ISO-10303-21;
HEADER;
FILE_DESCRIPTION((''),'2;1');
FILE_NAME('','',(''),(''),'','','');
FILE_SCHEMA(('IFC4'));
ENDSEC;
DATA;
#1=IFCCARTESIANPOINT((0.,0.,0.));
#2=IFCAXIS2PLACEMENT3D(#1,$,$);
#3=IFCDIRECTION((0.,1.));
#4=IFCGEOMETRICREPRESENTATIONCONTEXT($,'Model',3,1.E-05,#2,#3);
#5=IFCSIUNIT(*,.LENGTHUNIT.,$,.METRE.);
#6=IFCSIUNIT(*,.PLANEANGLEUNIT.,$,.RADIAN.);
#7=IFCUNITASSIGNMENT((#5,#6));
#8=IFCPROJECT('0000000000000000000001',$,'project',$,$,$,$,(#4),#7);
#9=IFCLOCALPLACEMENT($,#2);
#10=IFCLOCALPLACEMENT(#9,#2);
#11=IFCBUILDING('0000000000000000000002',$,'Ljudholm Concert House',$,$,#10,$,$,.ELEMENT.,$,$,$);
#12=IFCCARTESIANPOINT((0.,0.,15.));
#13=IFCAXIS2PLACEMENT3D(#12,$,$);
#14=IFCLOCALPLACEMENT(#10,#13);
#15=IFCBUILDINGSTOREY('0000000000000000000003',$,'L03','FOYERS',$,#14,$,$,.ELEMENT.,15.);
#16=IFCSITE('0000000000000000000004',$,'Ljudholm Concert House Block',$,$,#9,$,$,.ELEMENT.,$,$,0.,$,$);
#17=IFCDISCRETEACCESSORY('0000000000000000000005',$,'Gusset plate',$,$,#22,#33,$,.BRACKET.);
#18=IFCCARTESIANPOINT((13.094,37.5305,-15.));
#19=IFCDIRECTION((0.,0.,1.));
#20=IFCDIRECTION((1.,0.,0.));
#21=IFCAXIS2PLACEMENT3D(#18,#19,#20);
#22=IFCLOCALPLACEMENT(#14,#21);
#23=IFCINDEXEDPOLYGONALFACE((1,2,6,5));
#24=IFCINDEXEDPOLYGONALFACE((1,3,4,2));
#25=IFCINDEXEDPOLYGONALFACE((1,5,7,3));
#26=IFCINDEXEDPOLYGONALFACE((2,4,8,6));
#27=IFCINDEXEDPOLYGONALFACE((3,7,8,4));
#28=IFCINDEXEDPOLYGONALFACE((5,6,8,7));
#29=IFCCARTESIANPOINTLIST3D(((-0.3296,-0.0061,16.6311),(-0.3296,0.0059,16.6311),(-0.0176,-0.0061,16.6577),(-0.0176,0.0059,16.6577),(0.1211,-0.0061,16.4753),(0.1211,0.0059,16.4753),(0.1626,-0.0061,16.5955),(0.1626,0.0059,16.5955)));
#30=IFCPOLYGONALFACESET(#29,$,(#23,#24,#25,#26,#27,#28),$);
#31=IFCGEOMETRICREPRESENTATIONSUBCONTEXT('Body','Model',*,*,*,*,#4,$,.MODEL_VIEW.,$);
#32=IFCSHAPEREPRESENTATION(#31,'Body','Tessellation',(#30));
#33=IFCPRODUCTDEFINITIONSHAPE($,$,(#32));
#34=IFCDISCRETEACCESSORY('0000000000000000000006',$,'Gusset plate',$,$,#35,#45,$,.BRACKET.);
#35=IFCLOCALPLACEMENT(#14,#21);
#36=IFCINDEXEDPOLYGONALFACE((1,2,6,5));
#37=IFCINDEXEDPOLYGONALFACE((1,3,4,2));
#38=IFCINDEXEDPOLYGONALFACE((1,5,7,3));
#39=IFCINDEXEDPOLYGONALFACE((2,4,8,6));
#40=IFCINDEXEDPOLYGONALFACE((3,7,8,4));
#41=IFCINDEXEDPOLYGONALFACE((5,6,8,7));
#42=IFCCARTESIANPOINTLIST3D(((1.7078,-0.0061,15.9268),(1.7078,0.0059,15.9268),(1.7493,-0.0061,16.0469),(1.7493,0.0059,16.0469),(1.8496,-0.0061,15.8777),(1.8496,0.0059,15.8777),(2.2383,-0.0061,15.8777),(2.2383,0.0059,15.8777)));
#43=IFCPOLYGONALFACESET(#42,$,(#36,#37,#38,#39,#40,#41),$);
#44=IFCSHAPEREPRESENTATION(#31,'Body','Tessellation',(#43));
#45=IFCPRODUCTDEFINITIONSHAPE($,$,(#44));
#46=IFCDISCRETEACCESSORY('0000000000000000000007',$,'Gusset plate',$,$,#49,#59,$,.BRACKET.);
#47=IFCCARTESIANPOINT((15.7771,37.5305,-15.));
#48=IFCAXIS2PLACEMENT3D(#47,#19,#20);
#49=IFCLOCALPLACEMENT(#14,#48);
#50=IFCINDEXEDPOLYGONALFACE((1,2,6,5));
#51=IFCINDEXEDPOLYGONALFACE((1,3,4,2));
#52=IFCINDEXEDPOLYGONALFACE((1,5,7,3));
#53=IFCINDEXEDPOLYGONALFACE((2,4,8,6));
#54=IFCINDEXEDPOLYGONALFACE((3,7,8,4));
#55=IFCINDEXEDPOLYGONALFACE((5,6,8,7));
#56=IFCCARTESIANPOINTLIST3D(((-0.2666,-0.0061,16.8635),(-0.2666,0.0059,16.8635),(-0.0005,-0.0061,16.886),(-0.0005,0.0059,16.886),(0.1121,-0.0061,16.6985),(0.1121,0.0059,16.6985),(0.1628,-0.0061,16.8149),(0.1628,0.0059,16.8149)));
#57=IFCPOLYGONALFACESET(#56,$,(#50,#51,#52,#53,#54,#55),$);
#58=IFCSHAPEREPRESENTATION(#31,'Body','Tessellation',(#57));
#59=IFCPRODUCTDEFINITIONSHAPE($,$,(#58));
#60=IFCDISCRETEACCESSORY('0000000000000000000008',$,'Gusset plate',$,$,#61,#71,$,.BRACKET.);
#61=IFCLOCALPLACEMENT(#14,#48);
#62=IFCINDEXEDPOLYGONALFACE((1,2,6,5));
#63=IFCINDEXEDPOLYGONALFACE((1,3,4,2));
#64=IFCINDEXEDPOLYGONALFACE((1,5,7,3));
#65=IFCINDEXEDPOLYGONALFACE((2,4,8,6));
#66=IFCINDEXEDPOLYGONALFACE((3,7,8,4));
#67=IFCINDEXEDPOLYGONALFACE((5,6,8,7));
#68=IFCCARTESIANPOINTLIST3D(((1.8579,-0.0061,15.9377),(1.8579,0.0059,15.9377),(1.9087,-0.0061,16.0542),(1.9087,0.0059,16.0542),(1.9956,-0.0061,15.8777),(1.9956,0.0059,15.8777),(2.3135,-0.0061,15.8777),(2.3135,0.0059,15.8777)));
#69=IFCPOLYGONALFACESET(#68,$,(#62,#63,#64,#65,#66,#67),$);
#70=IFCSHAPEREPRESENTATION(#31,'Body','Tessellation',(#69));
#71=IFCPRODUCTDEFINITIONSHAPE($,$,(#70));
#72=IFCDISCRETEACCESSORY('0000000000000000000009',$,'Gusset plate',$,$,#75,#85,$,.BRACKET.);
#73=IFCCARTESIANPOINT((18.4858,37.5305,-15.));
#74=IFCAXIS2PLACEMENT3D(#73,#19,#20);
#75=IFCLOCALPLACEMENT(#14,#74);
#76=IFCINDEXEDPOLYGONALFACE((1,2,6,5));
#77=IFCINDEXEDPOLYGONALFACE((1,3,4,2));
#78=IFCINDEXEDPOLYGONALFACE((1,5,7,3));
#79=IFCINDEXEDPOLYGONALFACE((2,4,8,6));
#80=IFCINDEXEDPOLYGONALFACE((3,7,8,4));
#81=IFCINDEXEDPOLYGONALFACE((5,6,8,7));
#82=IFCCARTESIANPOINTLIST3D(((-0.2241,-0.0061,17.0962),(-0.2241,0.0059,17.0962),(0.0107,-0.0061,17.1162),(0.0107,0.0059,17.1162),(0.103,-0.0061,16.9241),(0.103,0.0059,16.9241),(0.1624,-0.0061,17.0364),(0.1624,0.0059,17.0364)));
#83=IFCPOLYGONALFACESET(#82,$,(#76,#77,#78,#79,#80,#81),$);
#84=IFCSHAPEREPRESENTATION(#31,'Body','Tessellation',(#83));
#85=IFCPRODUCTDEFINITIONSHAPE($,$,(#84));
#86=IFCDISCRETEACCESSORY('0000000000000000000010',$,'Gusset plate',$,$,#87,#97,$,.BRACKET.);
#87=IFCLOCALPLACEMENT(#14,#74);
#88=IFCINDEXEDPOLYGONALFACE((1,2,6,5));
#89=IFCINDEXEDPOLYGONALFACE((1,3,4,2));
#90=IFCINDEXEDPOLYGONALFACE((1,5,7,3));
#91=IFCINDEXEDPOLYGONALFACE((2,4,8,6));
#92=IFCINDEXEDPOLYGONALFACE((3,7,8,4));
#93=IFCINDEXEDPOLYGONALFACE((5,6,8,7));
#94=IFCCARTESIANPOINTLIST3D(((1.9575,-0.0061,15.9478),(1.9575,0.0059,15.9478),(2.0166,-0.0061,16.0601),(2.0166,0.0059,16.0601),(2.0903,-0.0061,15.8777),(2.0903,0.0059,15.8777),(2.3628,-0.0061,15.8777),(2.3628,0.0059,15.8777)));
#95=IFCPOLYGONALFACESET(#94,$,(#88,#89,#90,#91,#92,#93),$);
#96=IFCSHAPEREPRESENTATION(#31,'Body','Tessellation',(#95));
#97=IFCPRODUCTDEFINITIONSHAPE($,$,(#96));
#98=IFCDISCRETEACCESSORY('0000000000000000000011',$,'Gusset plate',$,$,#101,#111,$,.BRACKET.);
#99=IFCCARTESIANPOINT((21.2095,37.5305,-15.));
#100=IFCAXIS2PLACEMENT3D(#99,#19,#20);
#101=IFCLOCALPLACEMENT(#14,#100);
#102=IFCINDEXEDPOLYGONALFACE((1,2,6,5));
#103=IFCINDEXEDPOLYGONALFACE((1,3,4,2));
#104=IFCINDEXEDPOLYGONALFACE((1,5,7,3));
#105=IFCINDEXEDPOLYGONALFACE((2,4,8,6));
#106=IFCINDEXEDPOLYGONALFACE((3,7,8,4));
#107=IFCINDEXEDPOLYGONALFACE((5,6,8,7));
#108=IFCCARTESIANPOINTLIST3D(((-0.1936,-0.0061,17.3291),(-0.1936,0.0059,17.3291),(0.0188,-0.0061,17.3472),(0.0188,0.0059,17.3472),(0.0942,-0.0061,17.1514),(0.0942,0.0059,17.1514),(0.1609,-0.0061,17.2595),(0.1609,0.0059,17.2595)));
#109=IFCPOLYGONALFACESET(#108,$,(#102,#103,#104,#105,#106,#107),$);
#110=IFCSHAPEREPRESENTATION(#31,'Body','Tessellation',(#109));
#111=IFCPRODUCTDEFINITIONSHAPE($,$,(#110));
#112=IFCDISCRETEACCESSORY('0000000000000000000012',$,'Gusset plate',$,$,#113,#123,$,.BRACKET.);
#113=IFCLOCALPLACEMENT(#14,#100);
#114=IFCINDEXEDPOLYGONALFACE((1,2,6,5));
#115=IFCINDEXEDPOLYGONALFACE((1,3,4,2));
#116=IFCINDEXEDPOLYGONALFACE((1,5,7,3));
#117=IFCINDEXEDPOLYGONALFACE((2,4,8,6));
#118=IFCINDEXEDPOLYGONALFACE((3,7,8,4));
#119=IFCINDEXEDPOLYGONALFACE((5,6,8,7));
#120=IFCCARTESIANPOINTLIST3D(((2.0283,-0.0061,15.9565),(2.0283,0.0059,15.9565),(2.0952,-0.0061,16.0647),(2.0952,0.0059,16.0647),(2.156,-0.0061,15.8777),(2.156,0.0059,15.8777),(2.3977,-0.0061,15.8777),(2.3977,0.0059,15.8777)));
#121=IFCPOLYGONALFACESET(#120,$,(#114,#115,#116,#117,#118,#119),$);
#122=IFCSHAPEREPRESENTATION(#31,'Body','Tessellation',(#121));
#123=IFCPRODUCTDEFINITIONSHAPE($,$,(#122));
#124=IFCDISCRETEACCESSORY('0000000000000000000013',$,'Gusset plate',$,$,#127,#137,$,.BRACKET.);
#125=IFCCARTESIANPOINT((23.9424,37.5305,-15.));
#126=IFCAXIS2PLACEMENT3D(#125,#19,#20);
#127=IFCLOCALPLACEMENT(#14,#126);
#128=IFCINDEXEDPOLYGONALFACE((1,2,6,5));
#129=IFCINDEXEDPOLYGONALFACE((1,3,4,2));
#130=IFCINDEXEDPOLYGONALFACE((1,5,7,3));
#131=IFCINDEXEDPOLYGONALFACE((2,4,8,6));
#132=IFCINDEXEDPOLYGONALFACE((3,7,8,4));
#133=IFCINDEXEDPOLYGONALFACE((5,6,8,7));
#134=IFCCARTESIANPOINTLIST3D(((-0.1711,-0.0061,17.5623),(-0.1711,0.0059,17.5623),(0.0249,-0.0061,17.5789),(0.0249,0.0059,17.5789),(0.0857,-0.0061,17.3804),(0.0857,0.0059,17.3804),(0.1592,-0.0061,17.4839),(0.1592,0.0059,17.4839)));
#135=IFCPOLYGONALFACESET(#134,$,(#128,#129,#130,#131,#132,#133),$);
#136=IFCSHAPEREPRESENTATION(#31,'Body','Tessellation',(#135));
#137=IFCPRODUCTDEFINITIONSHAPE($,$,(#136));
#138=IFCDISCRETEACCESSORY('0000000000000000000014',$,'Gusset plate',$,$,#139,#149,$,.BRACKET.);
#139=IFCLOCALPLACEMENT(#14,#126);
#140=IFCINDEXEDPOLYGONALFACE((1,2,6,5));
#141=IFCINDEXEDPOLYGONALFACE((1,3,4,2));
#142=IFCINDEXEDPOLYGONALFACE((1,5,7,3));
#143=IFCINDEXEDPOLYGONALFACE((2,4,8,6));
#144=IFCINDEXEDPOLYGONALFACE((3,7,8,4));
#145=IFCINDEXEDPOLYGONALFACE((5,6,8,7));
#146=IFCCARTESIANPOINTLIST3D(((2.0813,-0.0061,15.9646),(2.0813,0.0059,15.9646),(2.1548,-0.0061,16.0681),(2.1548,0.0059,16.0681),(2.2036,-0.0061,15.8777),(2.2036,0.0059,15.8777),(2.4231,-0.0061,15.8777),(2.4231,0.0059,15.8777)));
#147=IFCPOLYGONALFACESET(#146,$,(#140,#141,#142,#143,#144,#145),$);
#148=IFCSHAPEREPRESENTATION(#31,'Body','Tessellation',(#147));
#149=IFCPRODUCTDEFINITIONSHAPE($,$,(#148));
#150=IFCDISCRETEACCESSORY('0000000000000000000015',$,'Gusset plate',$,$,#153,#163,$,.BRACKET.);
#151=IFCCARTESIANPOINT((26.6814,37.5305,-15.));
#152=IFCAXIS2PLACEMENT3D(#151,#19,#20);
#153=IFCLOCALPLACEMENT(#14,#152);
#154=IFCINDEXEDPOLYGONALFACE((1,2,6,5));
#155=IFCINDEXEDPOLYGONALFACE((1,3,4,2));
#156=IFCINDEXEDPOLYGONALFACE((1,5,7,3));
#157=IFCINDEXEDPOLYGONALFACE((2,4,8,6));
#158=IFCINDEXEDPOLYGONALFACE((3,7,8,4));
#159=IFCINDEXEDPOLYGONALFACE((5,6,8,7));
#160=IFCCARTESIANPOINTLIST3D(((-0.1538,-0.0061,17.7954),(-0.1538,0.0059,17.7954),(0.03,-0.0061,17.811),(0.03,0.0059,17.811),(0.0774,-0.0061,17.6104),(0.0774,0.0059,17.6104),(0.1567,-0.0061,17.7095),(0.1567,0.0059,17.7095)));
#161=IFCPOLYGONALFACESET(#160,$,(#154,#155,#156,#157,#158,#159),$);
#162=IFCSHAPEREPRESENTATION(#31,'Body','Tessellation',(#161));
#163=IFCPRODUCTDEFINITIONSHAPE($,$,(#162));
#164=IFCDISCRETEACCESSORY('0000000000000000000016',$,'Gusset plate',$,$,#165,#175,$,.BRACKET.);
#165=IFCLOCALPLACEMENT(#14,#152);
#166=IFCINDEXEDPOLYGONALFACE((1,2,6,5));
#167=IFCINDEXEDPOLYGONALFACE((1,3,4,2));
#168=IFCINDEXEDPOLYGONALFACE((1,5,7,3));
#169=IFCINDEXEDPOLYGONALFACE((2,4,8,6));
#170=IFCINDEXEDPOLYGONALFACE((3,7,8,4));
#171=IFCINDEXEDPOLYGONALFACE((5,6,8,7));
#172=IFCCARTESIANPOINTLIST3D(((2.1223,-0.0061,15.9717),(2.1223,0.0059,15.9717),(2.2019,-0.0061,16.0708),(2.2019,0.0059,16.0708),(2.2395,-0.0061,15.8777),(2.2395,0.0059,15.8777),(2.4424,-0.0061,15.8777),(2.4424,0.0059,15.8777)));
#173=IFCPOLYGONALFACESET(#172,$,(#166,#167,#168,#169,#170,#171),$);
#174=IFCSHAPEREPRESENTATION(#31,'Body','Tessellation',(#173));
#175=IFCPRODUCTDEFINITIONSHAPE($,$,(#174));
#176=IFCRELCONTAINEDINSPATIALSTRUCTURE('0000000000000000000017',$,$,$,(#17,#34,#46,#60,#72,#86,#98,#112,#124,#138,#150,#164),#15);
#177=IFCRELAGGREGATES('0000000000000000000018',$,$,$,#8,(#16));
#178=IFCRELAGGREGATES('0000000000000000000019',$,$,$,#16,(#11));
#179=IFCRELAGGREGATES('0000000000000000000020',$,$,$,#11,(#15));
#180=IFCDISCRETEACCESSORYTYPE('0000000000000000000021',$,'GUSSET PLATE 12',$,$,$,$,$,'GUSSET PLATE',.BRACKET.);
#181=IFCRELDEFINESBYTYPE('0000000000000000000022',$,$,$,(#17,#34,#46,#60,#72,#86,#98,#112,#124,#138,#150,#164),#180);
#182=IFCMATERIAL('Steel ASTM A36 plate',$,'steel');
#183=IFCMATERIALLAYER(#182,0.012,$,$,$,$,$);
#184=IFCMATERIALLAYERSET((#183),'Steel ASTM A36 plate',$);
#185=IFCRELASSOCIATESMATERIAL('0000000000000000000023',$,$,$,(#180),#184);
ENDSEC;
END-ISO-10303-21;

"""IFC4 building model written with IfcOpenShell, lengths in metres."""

from ifc_helpers import new_model, si_unit, direction, frame, origin, place, context, subcontext, project, spatial, polyline, outline, extrude, material, layer, layer_set, type_object, element, save


model = new_model("IFC4")

# Units and contexts
model_context = context("Model", 3, precision=1e-05, world=origin(), true_north=direction((0.0, 1.0)))
body_context = subcontext(model_context, "Body", "Model", "MODEL_VIEW")
ifc_project = project(units=[si_unit("LENGTHUNIT", "METRE"), si_unit("PLANEANGLEUNIT", "RADIAN")], contexts=[model_context])

# Site, building, storey
site_placement = place(None, origin())
site = spatial("IfcSite", under=ifc_project, at=site_placement, Name="Ljudholm Concert House Block", CompositionType="ELEMENT", RefElevation=0.0)
building_placement = place(site_placement, origin())
building = spatial("IfcBuilding", under=site, at=building_placement, Name="Ljudholm Concert House", CompositionType="ELEMENT")
storey_placement = place(building_placement, frame((0.0, 0.0, 15.0)))
storey = spatial("IfcBuildingStorey", under=building, at=storey_placement, Name="L03", Description="FOYERS", CompositionType="ELEMENT", Elevation=15.0)

# Discrete accessories
ifc_material_1 = material(Name="Steel ASTM A36 plate", Category="steel")
ifc_layer_1 = layer(ifc_material_1, 0.012)
ifc_layer_set_1 = layer_set([ifc_layer_1], Name="Steel ASTM A36 plate")
discrete_accessory_type = type_object("IfcDiscreteAccessoryType", Name="GUSSET PLATE 12", ElementType="GUSSET PLATE", PredefinedType="BRACKET", material=ifc_layer_set_1)
discrete_accessory_1_placement = place(storey_placement, frame((13.094, 37.5305, -15.0), z_axis=(0.0, 0.0, 1.0), x_axis=(1.0, 0.0, 0.0)))
element("IfcDiscreteAccessory", 1, at=discrete_accessory_1_placement, inside=storey, type_object=discrete_accessory_type, Name="Gusset plate", PredefinedType="BRACKET", context=body_context, shape_type="SweptSolid", body=[
    extrude(outline(polyline([(0.1211, 16.4753), (-0.3296, 16.6311), (-0.0176, 16.6577), (0.1626, 16.5955), (0.1211, 16.4753)])), frame((0.0, 0.0059, 0.0), z_axis=(0.0, -1.0, 0.0), x_axis=(1.0, 0.0, 0.0)), (0.0, 0.0, 1.0), 0.012),
])
discrete_accessory_2_placement = place(storey_placement, frame((13.094, 37.5305, -15.0), z_axis=(0.0, 0.0, 1.0), x_axis=(1.0, 0.0, 0.0)))
element("IfcDiscreteAccessory", 2, at=discrete_accessory_2_placement, inside=storey, type_object=discrete_accessory_type, Name="Gusset plate", PredefinedType="BRACKET", context=body_context, shape_type="SweptSolid", body=[
    extrude(outline(polyline([(1.7493, 16.0469), (2.2383, 15.8777), (1.8496, 15.8777), (1.7078, 15.9268), (1.7493, 16.0469)])), frame((0.0, 0.0059, 0.0), z_axis=(0.0, -1.0, 0.0), x_axis=(1.0, 0.0, 0.0)), (0.0, 0.0, 1.0), 0.012),
])
discrete_accessory_3_placement = place(storey_placement, frame((15.7771, 37.5305, -15.0), z_axis=(0.0, 0.0, 1.0), x_axis=(1.0, 0.0, 0.0)))
element("IfcDiscreteAccessory", 3, at=discrete_accessory_3_placement, inside=storey, type_object=discrete_accessory_type, Name="Gusset plate", PredefinedType="BRACKET", context=body_context, shape_type="SweptSolid", body=[
    extrude(outline(polyline([(0.1121, 16.6985), (-0.2666, 16.8635), (-0.0005, 16.886), (0.1628, 16.8149), (0.1121, 16.6985)])), frame((0.0, 0.0059, 0.0), z_axis=(0.0, -1.0, 0.0), x_axis=(1.0, 0.0, 0.0)), (0.0, 0.0, 1.0), 0.012),
])
discrete_accessory_4_placement = place(storey_placement, frame((15.7771, 37.5305, -15.0), z_axis=(0.0, 0.0, 1.0), x_axis=(1.0, 0.0, 0.0)))
element("IfcDiscreteAccessory", 4, at=discrete_accessory_4_placement, inside=storey, type_object=discrete_accessory_type, Name="Gusset plate", PredefinedType="BRACKET", context=body_context, shape_type="SweptSolid", body=[
    extrude(outline(polyline([(1.9087, 16.0542), (2.3135, 15.8777), (1.9956, 15.8777), (1.8579, 15.9377), (1.9087, 16.0542)])), frame((0.0, 0.0059, 0.0), z_axis=(0.0, -1.0, 0.0), x_axis=(1.0, 0.0, 0.0)), (0.0, 0.0, 1.0), 0.012),
])
discrete_accessory_5_placement = place(storey_placement, frame((18.4858, 37.5305, -15.0), z_axis=(0.0, 0.0, 1.0), x_axis=(1.0, 0.0, 0.0)))
element("IfcDiscreteAccessory", 5, at=discrete_accessory_5_placement, inside=storey, type_object=discrete_accessory_type, Name="Gusset plate", PredefinedType="BRACKET", context=body_context, shape_type="SweptSolid", body=[
    extrude(outline(polyline([(0.103, 16.9241), (-0.2241, 17.0962), (0.0107, 17.1162), (0.1624, 17.0364), (0.103, 16.9241)])), frame((0.0, 0.0059, 0.0), z_axis=(0.0, -1.0, 0.0), x_axis=(1.0, 0.0, 0.0)), (0.0, 0.0, 1.0), 0.012),
])
discrete_accessory_6_placement = place(storey_placement, frame((18.4858, 37.5305, -15.0), z_axis=(0.0, 0.0, 1.0), x_axis=(1.0, 0.0, 0.0)))
element("IfcDiscreteAccessory", 6, at=discrete_accessory_6_placement, inside=storey, type_object=discrete_accessory_type, Name="Gusset plate", PredefinedType="BRACKET", context=body_context, shape_type="SweptSolid", body=[
    extrude(outline(polyline([(2.0166, 16.0601), (2.3628, 15.8777), (2.0903, 15.8777), (1.9575, 15.9478), (2.0166, 16.0601)])), frame((0.0, 0.0059, 0.0), z_axis=(0.0, -1.0, 0.0), x_axis=(1.0, 0.0, 0.0)), (0.0, 0.0, 1.0), 0.012),
])
discrete_accessory_7_placement = place(storey_placement, frame((21.2095, 37.5305, -15.0), z_axis=(0.0, 0.0, 1.0), x_axis=(1.0, 0.0, 0.0)))
element("IfcDiscreteAccessory", 7, at=discrete_accessory_7_placement, inside=storey, type_object=discrete_accessory_type, Name="Gusset plate", PredefinedType="BRACKET", context=body_context, shape_type="SweptSolid", body=[
    extrude(outline(polyline([(0.0942, 17.1514), (-0.1936, 17.3291), (0.0188, 17.3472), (0.1609, 17.2595), (0.0942, 17.1514)])), frame((0.0, 0.0059, 0.0), z_axis=(0.0, -1.0, 0.0), x_axis=(1.0, 0.0, 0.0)), (0.0, 0.0, 1.0), 0.012),
])
discrete_accessory_8_placement = place(storey_placement, frame((21.2095, 37.5305, -15.0), z_axis=(0.0, 0.0, 1.0), x_axis=(1.0, 0.0, 0.0)))
element("IfcDiscreteAccessory", 8, at=discrete_accessory_8_placement, inside=storey, type_object=discrete_accessory_type, Name="Gusset plate", PredefinedType="BRACKET", context=body_context, shape_type="SweptSolid", body=[
    extrude(outline(polyline([(2.0952, 16.0647), (2.3977, 15.8777), (2.156, 15.8777), (2.0283, 15.9565), (2.0952, 16.0647)])), frame((0.0, 0.0059, 0.0), z_axis=(0.0, -1.0, 0.0), x_axis=(1.0, 0.0, 0.0)), (0.0, 0.0, 1.0), 0.012),
])
discrete_accessory_9_placement = place(storey_placement, frame((23.9424, 37.5305, -15.0), z_axis=(0.0, 0.0, 1.0), x_axis=(1.0, 0.0, 0.0)))
element("IfcDiscreteAccessory", 9, at=discrete_accessory_9_placement, inside=storey, type_object=discrete_accessory_type, Name="Gusset plate", PredefinedType="BRACKET", context=body_context, shape_type="SweptSolid", body=[
    extrude(outline(polyline([(0.0857, 17.3804), (-0.1711, 17.5623), (0.0249, 17.5789), (0.1592, 17.4839), (0.0857, 17.3804)])), frame((0.0, 0.0059, 0.0), z_axis=(0.0, -1.0, 0.0), x_axis=(1.0, 0.0, 0.0)), (0.0, 0.0, 1.0), 0.012),
])
discrete_accessory_10_placement = place(storey_placement, frame((23.9424, 37.5305, -15.0), z_axis=(0.0, 0.0, 1.0), x_axis=(1.0, 0.0, 0.0)))
element("IfcDiscreteAccessory", 10, at=discrete_accessory_10_placement, inside=storey, type_object=discrete_accessory_type, Name="Gusset plate", PredefinedType="BRACKET", context=body_context, shape_type="SweptSolid", body=[
    extrude(outline(polyline([(2.1548, 16.0681), (2.4231, 15.8777), (2.2036, 15.8777), (2.0813, 15.9646), (2.1548, 16.0681)])), frame((0.0, 0.0059, 0.0), z_axis=(0.0, -1.0, 0.0), x_axis=(1.0, 0.0, 0.0)), (0.0, 0.0, 1.0), 0.012),
])
discrete_accessory_11_placement = place(storey_placement, frame((26.6814, 37.5305, -15.0), z_axis=(0.0, 0.0, 1.0), x_axis=(1.0, 0.0, 0.0)))
element("IfcDiscreteAccessory", 11, at=discrete_accessory_11_placement, inside=storey, type_object=discrete_accessory_type, Name="Gusset plate", PredefinedType="BRACKET", context=body_context, shape_type="SweptSolid", body=[
    extrude(outline(polyline([(0.0774, 17.6104), (-0.1538, 17.7954), (0.03, 17.811), (0.1567, 17.7095), (0.0774, 17.6104)])), frame((0.0, 0.0059, 0.0), z_axis=(0.0, -1.0, 0.0), x_axis=(1.0, 0.0, 0.0)), (0.0, 0.0, 1.0), 0.012),
])
discrete_accessory_12_placement = place(storey_placement, frame((26.6814, 37.5305, -15.0), z_axis=(0.0, 0.0, 1.0), x_axis=(1.0, 0.0, 0.0)))
element("IfcDiscreteAccessory", 12, at=discrete_accessory_12_placement, inside=storey, type_object=discrete_accessory_type, Name="Gusset plate", PredefinedType="BRACKET", context=body_context, shape_type="SweptSolid", body=[
    extrude(outline(polyline([(2.2019, 16.0708), (2.4424, 15.8777), (2.2395, 15.8777), (2.1223, 15.9717), (2.2019, 16.0708)])), frame((0.0, 0.0059, 0.0), z_axis=(0.0, -1.0, 0.0), x_axis=(1.0, 0.0, 0.0)), (0.0, 0.0, 1.0), 0.012),
])

save(model, "model.ifc")
